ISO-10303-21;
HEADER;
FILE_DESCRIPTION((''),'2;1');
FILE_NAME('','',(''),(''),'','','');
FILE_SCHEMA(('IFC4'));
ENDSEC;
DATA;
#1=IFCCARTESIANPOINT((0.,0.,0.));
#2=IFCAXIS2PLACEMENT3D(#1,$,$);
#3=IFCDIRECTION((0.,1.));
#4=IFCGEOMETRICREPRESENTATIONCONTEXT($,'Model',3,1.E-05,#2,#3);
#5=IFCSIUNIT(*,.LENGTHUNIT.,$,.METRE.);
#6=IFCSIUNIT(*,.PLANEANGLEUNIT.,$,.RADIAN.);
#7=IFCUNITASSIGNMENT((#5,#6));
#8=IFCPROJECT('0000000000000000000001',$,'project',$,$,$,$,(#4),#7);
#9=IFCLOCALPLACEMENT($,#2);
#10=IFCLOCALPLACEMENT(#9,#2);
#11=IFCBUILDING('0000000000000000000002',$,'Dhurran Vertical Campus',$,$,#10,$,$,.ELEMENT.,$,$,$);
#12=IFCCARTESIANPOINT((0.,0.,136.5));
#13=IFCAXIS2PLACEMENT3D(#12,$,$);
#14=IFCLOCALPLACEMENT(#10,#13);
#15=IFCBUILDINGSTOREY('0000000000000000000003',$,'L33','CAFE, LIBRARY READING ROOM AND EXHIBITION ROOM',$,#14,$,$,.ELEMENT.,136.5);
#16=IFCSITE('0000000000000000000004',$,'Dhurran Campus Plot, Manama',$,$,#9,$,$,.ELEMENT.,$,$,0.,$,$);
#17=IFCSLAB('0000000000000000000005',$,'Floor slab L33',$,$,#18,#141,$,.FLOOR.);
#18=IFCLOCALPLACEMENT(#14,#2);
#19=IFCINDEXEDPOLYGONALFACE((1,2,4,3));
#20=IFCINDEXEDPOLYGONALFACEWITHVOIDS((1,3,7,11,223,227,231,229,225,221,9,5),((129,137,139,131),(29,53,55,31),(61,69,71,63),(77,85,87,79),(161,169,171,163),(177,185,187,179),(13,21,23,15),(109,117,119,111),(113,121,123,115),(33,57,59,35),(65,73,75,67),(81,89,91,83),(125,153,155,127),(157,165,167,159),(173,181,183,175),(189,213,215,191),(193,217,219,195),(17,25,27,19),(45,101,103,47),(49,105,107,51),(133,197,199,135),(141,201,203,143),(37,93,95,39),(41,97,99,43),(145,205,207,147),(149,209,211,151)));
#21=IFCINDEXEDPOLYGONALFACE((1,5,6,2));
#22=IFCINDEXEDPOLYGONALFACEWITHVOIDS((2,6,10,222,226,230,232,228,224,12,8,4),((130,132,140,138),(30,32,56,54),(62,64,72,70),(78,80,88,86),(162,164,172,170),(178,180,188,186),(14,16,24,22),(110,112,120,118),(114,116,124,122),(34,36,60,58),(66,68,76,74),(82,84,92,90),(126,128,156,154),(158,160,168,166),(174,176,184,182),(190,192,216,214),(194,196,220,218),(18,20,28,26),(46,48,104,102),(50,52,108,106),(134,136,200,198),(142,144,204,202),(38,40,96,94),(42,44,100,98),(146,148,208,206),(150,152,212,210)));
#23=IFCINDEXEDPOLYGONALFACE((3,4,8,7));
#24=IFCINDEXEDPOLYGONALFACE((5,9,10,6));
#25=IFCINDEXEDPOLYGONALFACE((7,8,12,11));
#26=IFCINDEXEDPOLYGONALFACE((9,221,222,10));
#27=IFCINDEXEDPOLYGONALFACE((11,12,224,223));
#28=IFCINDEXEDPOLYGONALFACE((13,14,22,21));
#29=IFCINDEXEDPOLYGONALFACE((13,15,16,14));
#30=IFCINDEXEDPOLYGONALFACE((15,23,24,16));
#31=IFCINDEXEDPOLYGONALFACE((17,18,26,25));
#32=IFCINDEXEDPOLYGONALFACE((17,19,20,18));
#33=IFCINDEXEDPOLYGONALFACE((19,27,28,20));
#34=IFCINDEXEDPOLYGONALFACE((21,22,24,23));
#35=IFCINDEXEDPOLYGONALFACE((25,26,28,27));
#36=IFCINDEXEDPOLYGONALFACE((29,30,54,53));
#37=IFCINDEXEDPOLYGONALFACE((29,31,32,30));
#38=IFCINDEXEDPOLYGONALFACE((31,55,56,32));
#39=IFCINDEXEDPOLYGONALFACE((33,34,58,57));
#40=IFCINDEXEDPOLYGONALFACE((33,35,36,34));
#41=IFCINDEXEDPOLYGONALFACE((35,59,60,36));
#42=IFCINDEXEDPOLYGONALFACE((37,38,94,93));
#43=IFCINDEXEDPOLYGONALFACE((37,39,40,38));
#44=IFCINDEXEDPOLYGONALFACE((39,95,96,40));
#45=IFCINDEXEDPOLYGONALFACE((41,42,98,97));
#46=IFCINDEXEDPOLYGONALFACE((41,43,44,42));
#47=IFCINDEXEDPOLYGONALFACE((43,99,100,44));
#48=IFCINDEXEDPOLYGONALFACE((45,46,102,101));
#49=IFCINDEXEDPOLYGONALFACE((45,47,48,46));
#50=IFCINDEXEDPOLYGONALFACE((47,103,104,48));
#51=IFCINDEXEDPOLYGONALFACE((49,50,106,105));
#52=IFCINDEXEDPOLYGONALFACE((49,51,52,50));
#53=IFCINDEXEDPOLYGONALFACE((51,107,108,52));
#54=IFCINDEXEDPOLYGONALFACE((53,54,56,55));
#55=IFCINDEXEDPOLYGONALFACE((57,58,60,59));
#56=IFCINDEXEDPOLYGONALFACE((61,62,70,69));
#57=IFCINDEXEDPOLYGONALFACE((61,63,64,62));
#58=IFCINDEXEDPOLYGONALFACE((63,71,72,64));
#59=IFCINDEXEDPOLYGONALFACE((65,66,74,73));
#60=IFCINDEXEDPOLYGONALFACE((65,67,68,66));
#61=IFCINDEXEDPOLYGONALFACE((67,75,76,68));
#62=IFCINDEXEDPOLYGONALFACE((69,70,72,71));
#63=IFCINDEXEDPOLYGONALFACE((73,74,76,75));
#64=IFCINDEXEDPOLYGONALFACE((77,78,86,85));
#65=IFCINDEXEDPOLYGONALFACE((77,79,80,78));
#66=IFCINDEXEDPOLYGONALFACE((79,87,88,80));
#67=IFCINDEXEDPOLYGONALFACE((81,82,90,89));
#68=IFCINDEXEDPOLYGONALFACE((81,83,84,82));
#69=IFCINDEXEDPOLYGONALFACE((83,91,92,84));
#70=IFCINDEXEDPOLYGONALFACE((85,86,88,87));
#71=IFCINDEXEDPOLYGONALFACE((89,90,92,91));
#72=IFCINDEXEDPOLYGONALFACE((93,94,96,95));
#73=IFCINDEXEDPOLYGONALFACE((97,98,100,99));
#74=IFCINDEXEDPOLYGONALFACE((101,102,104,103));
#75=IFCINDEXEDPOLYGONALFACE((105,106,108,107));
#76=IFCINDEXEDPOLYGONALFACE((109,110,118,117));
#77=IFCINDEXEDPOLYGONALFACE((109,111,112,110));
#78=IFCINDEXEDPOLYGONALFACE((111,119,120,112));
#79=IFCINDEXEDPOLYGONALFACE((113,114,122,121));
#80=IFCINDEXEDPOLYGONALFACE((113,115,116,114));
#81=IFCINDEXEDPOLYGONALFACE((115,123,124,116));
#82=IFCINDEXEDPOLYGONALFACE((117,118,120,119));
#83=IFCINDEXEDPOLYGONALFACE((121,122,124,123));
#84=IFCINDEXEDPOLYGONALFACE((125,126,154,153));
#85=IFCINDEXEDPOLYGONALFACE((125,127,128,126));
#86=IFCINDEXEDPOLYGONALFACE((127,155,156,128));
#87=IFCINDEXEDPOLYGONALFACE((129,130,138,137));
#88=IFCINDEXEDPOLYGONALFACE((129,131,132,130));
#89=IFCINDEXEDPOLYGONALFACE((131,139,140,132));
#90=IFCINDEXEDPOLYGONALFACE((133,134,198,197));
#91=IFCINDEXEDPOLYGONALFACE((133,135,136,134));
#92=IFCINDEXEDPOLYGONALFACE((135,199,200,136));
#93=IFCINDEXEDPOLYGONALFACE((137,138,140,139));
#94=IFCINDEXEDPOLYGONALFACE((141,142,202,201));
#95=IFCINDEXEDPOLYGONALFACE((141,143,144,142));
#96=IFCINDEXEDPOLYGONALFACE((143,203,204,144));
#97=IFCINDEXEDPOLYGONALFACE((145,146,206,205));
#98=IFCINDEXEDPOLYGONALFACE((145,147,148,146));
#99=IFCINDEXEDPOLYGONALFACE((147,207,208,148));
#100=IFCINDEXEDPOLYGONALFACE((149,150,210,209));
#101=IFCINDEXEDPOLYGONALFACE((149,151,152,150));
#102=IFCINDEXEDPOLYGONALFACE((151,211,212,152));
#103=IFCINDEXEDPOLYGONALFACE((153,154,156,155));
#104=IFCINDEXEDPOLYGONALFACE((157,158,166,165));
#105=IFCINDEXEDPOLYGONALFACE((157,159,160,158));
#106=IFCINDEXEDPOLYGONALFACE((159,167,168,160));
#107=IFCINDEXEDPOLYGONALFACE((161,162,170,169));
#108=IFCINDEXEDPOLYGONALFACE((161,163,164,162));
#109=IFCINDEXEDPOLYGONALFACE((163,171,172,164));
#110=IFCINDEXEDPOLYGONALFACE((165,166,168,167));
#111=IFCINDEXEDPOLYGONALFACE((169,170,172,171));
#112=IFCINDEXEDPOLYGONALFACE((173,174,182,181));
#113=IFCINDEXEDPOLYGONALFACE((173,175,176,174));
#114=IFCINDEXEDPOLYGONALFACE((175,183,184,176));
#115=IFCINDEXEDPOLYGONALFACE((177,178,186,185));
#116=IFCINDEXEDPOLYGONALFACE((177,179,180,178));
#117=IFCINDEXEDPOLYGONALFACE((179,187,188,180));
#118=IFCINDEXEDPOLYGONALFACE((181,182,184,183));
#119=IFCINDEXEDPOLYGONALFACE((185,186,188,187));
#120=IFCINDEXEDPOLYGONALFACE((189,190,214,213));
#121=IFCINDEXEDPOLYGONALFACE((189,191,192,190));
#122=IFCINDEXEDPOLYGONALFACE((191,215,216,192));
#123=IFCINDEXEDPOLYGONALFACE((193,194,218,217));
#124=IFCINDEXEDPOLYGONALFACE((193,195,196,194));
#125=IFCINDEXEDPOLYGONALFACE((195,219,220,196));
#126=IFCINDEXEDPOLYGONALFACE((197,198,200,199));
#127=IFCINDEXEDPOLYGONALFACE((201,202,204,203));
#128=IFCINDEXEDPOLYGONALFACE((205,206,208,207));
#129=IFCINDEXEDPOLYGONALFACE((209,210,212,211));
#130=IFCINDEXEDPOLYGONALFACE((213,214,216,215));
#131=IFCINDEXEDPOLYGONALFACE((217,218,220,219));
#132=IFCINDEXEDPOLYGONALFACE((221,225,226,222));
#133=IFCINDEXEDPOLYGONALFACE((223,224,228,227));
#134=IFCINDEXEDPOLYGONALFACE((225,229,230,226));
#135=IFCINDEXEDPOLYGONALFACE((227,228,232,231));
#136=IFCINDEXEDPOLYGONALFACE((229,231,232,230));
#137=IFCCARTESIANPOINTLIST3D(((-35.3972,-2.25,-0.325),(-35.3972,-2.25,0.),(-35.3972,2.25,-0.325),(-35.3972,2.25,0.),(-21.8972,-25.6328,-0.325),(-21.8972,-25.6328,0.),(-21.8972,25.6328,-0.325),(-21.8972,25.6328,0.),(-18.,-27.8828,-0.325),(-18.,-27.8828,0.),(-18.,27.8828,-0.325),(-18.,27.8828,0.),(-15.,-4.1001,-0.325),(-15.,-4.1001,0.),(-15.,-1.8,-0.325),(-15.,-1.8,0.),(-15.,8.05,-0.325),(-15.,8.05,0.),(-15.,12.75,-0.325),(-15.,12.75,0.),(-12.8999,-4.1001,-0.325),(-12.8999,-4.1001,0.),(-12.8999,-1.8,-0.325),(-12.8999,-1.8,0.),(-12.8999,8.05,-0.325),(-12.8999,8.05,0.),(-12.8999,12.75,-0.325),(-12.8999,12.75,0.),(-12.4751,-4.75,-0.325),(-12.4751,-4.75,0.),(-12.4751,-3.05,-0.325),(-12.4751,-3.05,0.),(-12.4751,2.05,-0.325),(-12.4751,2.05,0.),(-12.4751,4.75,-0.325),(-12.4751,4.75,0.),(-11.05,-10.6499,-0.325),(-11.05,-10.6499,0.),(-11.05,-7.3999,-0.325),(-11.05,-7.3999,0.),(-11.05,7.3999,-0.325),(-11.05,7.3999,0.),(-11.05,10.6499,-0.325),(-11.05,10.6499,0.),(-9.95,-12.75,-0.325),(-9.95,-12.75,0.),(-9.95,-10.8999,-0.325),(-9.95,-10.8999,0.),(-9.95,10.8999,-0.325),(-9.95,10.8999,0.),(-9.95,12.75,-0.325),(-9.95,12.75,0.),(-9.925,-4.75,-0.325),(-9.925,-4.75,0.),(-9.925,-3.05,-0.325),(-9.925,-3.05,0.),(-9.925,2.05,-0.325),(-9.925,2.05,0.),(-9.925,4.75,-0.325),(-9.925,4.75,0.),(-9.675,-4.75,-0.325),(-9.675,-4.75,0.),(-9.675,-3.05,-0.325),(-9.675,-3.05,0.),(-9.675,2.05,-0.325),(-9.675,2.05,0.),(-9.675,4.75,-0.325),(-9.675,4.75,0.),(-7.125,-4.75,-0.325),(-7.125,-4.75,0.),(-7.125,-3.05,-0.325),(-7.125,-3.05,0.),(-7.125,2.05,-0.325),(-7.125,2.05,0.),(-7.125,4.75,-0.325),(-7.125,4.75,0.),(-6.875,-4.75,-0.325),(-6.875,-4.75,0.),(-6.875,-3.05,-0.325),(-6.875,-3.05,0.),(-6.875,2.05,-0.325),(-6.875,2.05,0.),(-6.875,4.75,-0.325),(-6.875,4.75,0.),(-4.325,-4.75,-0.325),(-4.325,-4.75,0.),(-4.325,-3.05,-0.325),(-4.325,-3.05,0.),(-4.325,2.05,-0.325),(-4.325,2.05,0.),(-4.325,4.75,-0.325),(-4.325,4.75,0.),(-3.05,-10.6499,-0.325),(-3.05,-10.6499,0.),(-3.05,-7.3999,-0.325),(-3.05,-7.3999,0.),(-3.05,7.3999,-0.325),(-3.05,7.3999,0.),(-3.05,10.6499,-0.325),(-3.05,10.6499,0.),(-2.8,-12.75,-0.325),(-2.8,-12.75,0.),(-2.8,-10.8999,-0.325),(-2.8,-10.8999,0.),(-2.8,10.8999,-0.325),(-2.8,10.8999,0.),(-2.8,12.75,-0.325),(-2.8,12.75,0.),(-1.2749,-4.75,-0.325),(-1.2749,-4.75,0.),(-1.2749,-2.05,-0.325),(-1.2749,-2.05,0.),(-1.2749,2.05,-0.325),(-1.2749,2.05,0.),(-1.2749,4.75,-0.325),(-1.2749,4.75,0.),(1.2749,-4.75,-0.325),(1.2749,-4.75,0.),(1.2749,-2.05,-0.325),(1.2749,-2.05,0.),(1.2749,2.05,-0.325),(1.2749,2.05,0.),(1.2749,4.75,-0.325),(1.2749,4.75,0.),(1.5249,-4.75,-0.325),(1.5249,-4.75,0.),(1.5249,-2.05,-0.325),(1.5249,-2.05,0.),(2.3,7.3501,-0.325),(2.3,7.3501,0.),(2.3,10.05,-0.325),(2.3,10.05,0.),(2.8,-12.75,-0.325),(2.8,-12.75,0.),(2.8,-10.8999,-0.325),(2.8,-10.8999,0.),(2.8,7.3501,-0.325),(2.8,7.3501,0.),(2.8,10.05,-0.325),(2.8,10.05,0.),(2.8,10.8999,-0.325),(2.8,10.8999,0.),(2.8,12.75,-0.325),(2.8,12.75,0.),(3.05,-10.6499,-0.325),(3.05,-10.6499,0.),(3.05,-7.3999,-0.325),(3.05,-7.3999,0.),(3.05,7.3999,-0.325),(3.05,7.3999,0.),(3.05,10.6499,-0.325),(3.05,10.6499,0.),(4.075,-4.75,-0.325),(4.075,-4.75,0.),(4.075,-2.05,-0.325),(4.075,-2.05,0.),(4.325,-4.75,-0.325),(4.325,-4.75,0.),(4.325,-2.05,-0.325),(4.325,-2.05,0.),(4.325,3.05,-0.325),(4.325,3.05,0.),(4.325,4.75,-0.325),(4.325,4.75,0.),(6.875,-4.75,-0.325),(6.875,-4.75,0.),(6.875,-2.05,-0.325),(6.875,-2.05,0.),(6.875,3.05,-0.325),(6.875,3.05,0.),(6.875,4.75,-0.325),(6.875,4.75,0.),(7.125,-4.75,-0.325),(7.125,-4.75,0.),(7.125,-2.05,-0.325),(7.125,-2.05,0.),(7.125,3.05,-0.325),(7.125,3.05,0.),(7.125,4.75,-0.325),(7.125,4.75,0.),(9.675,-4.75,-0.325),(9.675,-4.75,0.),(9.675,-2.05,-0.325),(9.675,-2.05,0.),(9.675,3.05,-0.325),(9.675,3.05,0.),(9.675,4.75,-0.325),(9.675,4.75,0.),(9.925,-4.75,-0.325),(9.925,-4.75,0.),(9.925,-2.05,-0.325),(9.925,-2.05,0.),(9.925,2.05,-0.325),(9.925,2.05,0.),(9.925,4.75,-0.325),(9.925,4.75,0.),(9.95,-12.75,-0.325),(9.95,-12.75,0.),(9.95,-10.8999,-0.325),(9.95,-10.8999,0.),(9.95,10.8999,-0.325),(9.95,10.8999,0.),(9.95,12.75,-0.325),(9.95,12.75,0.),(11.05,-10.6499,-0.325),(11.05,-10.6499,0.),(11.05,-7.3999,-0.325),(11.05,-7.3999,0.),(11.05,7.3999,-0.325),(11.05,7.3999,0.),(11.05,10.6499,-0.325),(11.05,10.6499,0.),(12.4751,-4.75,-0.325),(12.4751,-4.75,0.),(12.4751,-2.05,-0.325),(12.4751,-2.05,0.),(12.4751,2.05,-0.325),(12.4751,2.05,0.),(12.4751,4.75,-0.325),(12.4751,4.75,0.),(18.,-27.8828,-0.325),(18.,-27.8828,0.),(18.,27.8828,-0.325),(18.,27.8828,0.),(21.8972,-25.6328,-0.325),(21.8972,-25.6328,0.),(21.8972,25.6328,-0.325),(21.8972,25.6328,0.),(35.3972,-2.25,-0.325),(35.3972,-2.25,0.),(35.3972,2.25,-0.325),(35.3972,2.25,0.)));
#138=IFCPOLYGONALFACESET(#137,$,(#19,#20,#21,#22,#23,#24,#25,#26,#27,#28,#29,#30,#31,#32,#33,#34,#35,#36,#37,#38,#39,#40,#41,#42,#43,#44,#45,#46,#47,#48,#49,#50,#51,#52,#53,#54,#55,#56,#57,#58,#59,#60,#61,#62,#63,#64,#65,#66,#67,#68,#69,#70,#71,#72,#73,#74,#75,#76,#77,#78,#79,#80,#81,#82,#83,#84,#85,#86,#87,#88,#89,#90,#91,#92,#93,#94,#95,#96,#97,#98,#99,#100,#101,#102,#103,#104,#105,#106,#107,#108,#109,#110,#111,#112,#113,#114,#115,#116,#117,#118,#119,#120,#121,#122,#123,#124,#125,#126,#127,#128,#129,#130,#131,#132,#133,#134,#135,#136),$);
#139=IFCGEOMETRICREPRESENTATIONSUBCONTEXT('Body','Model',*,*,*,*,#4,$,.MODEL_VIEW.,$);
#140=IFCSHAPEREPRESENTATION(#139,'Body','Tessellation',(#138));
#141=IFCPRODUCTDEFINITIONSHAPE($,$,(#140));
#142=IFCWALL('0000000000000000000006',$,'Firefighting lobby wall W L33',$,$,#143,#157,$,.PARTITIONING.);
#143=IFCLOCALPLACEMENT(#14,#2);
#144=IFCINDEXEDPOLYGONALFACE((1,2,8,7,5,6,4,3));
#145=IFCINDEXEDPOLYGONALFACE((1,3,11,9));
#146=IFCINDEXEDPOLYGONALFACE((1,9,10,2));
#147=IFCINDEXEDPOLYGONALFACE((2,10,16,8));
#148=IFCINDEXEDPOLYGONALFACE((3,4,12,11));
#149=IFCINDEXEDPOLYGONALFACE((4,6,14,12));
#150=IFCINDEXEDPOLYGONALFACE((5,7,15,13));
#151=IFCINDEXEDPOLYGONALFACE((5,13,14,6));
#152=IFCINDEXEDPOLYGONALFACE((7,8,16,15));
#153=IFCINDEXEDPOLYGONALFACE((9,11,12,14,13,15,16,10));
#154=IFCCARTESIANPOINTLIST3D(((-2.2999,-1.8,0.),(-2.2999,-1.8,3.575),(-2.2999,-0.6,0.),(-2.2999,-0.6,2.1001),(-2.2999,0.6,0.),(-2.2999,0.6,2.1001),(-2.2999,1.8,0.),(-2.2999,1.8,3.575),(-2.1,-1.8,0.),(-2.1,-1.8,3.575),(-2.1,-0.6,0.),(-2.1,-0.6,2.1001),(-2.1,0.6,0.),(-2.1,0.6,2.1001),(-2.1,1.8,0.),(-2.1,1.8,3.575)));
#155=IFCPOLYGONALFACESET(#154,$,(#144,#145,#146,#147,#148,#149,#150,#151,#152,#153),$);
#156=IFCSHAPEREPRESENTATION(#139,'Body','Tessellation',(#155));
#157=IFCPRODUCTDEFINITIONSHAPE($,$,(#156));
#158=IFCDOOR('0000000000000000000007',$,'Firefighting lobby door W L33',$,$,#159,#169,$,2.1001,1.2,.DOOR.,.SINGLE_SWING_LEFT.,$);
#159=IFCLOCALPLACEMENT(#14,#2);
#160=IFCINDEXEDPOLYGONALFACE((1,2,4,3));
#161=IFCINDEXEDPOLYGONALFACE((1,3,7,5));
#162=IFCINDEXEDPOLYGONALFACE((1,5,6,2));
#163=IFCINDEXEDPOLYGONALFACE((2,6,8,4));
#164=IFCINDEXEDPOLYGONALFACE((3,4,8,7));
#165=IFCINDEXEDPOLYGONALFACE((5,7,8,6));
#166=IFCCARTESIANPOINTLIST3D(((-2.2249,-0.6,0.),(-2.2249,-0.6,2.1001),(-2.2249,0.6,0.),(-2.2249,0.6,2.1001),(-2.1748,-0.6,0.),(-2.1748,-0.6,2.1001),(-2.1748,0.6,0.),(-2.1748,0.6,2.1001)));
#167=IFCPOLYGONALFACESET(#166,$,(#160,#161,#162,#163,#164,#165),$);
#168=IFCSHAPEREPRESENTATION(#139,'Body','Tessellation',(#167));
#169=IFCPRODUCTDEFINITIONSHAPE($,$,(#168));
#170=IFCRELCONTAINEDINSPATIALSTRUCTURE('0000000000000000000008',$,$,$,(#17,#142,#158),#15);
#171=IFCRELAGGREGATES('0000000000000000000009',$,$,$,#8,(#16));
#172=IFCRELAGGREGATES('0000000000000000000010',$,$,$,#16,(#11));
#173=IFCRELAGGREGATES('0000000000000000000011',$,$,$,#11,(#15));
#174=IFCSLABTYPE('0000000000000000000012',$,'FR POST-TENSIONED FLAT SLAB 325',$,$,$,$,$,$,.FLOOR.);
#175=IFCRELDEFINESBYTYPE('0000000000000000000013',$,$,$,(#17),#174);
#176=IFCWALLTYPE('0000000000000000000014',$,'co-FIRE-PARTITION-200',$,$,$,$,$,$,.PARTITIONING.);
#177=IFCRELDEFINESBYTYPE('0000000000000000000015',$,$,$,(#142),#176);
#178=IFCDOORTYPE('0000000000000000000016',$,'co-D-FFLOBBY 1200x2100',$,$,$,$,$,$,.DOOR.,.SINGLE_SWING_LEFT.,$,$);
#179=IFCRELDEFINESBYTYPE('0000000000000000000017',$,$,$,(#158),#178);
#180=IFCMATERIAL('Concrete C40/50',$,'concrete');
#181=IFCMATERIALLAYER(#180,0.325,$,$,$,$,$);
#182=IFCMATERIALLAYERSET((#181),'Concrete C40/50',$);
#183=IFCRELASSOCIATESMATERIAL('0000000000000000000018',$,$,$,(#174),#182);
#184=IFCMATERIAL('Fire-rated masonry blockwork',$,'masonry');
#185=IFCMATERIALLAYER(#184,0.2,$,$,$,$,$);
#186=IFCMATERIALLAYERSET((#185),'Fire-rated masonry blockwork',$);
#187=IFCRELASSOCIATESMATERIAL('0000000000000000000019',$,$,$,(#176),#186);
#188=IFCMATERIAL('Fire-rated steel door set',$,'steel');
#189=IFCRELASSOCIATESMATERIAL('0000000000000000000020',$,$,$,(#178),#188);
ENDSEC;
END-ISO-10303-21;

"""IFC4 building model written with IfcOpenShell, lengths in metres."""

from ifc_helpers import new_model, si_unit, direction, frame, frame_2d, origin, place, context, subcontext, project, spatial, polyline, rectangle, outline, extrude, material, layer, layer_set, type_object, element, fill, save


model = new_model("IFC4")

# Units and contexts
model_context = context("Model", 3, precision=1e-05, world=origin(), true_north=direction((0.0, 1.0)))
body_context = subcontext(model_context, "Body", "Model", "MODEL_VIEW")
ifc_project = project(units=[si_unit("LENGTHUNIT", "METRE"), si_unit("PLANEANGLEUNIT", "RADIAN")], contexts=[model_context])

# Site, building, storey
site_placement = place(None, origin())
site = spatial("IfcSite", under=ifc_project, at=site_placement, Name="Dhurran Campus Plot, Manama", CompositionType="ELEMENT", RefElevation=0.0)
building_placement = place(site_placement, origin())
building = spatial("IfcBuilding", under=site, at=building_placement, Name="Dhurran Vertical Campus", CompositionType="ELEMENT")
storey_placement = place(building_placement, frame((0.0, 0.0, 136.5)))
storey = spatial("IfcBuildingStorey", under=building, at=storey_placement, Name="L33", Description="CAFE, LIBRARY READING ROOM AND EXHIBITION ROOM", CompositionType="ELEMENT", Elevation=136.5)

# Slab
ifc_material_1 = material(Name="Concrete C40/50", Category="concrete")
ifc_layer_1 = layer(ifc_material_1, 0.325)
ifc_layer_set_1 = layer_set([ifc_layer_1], Name="Concrete C40/50")
slab_type = type_object("IfcSlabType", Name="FR POST-TENSIONED FLAT SLAB 325", PredefinedType="FLOOR", material=ifc_layer_set_1)
slab_placement = place(storey_placement, frame((0.0, 0.0, -0.325)))
element("IfcSlab", 1, at=slab_placement, inside=storey, type_object=slab_type, Name="Floor slab L33", PredefinedType="FLOOR", context=body_context, shape_type="SweptSolid", body=[
    extrude(outline(polyline([(-18.0, -27.8828), (18.0, -27.8828), (21.8972, -25.6328), (35.3972, -2.25), (35.3972, 2.25), (21.8972, 25.6328), (18.0, 27.8828), (-18.0, 27.8828), (-21.8972, 25.6328), (-35.3972, 2.25), (-35.3972, -2.25), (-21.8972, -25.6328), (-18.0, -27.8828)]), holes=[polyline([(-12.4751, 2.05), (-9.925, 2.05), (-9.925, 4.75), (-12.4751, 4.75), (-12.4751, 2.05)]), polyline([(-9.675, 2.05), (-7.125, 2.05), (-7.125, 4.75), (-9.675, 4.75), (-9.675, 2.05)]), polyline([(-6.875, 2.05), (-4.325, 2.05), (-4.325, 4.75), (-6.875, 4.75), (-6.875, 2.05)]), polyline([(-1.2749, 2.05), (1.2749, 2.05), (1.2749, 4.75), (-1.2749, 4.75), (-1.2749, 2.05)]), polyline([(9.925, 2.05), (12.4751, 2.05), (12.4751, 4.75), (9.925, 4.75), (9.925, 2.05)]), polyline([(-1.2749, -4.75), (1.2749, -4.75), (1.2749, -2.05), (-1.2749, -2.05), (-1.2749, -4.75)]), polyline([(1.5249, -4.75), (4.075, -4.75), (4.075, -2.05), (1.5249, -2.05), (1.5249, -4.75)]), polyline([(4.325, -4.75), (6.875, -4.75), (6.875, -2.05), (4.325, -2.05), (4.325, -4.75)]), polyline([(7.125, -4.75), (9.675, -4.75), (9.675, -2.05), (7.125, -2.05), (7.125, -4.75)]), polyline([(9.925, -4.75), (12.4751, -4.75), (12.4751, -2.05), (9.925, -2.05), (9.925, -4.75)]), polyline([(4.325, 3.05), (6.875, 3.05), (6.875, 4.75), (4.325, 4.75), (4.325, 3.05)]), polyline([(7.125, 3.05), (9.675, 3.05), (9.675, 4.75), (7.125, 4.75), (7.125, 3.05)]), polyline([(-12.4751, -4.75), (-9.925, -4.75), (-9.925, -3.05), (-12.4751, -3.05), (-12.4751, -4.75)]), polyline([(-9.675, -4.75), (-7.125, -4.75), (-7.125, -3.05), (-9.675, -3.05), (-9.675, -4.75)]), polyline([(-6.875, -4.75), (-4.325, -4.75), (-4.325, -3.05), (-6.875, -3.05), (-6.875, -4.75)]), polyline([(-11.05, 7.3999), (-3.05, 7.3999), (-3.05, 10.6499), (-11.05, 10.6499), (-11.05, 7.3999)]), polyline([(3.05, 7.3999), (11.05, 7.3999), (11.05, 10.6499), (3.05, 10.6499), (3.05, 7.3999)]), polyline([(-11.05, -10.6499), (-3.05, -10.6499), (-3.05, -7.3999), (-11.05, -7.3999), (-11.05, -10.6499)]), polyline([(3.05, -10.6499), (11.05, -10.6499), (11.05, -7.3999), (3.05, -7.3999), (3.05, -10.6499)]), polyline([(-12.8999, -4.1001), (-15.0, -4.1001), (-15.0, -1.8), (-12.8999, -1.8), (-12.8999, -4.1001)]), polyline([(-9.95, 10.8999), (-9.95, 12.75), (-2.8, 12.75), (-2.8, 10.8999), (-9.95, 10.8999)]), polyline([(9.95, 12.75), (9.95, 10.8999), (2.8, 10.8999), (2.8, 12.75), (9.95, 12.75)]), polyline([(-9.95, -12.75), (-9.95, -10.8999), (-2.8, -10.8999), (-2.8, -12.75), (-9.95, -12.75)]), polyline([(9.95, -10.8999), (9.95, -12.75), (2.8, -12.75), (2.8, -10.8999), (9.95, -10.8999)]), polyline([(2.3, 7.3501), (2.3, 10.05), (2.8, 10.05), (2.8, 7.3501), (2.3, 7.3501)]), polyline([(-12.8999, 8.05), (-15.0, 8.05), (-15.0, 12.75), (-12.8999, 12.75), (-12.8999, 8.05)])]), origin(), (0.0, 0.0, 1.0), 0.325),
])

# Wall, opening, door
ifc_material_2 = material(Name="Fire-rated masonry blockwork", Category="masonry")
ifc_layer_2 = layer(ifc_material_2, 0.2)
ifc_layer_set_2 = layer_set([ifc_layer_2], Name="Fire-rated masonry blockwork")
wall_type_1 = type_object("IfcWallType", Name="co-FIRE-PARTITION-200", PredefinedType="PARTITIONING", material=ifc_layer_set_2)
wall_1_placement = place(storey_placement, frame((-2.2, -1.8, 0.0), z_axis=(0.0, 0.0, 1.0), x_axis=(0.0, 1.0, 0.0)))
wall_1 = element("IfcWall", 2, at=wall_1_placement, inside=storey, type_object=wall_type_1, Name="Firefighting lobby wall W L33", PredefinedType="PARTITIONING", context=body_context, shape_type="SweptSolid", body=[
    extrude(rectangle(XDim=3.6001, YDim=0.2, at=frame_2d((1.8, 0.0))), origin(), (0.0, 0.0, 1.0), 3.575),
])
opening_1_placement = place(wall_1_placement, frame((1.2, 0.0, 0.0)))
opening_1 = element("IfcOpeningElement", 3, at=opening_1_placement, cuts=wall_1, PredefinedType="OPENING", context=body_context, shape_type="SweptSolid", body=[
    extrude(rectangle(XDim=1.2, YDim=2.1001, at=frame_2d((0.6001, 1.05))), frame((0.0, 0.1099, 0.0), z_axis=(0.0, -1.0, 0.0), x_axis=(1.0, 0.0, 0.0)), (0.0, 0.0, 1.0), 0.22),
])
ifc_material_3 = material(Name="Fire-rated steel door set", Category="steel")
door_type_1 = type_object("IfcDoorType", Name="co-D-FFLOBBY 1200x2100", OperationType="SINGLE_SWING_LEFT", PredefinedType="DOOR", material=ifc_material_3)
door_1_placement = place(opening_1_placement, origin())
door_1 = element("IfcDoor", 4, at=door_1_placement, inside=storey, type_object=door_type_1, Name="Firefighting lobby door W L33", OperationType="SINGLE_SWING_LEFT", OverallHeight=2.1001, OverallWidth=1.2, PredefinedType="DOOR", context=body_context, shape_type="SweptSolid", body=[
    extrude(rectangle(XDim=1.2, YDim=2.1001, at=frame_2d((0.6001, 1.05))), frame((0.0, 0.0249, 0.0), z_axis=(0.0, -1.0, 0.0), x_axis=(1.0, 0.0, 0.0)), (0.0, 0.0, 1.0), 0.05),
])
fill(opening_1, door_1)

save(model, "model.ifc")
